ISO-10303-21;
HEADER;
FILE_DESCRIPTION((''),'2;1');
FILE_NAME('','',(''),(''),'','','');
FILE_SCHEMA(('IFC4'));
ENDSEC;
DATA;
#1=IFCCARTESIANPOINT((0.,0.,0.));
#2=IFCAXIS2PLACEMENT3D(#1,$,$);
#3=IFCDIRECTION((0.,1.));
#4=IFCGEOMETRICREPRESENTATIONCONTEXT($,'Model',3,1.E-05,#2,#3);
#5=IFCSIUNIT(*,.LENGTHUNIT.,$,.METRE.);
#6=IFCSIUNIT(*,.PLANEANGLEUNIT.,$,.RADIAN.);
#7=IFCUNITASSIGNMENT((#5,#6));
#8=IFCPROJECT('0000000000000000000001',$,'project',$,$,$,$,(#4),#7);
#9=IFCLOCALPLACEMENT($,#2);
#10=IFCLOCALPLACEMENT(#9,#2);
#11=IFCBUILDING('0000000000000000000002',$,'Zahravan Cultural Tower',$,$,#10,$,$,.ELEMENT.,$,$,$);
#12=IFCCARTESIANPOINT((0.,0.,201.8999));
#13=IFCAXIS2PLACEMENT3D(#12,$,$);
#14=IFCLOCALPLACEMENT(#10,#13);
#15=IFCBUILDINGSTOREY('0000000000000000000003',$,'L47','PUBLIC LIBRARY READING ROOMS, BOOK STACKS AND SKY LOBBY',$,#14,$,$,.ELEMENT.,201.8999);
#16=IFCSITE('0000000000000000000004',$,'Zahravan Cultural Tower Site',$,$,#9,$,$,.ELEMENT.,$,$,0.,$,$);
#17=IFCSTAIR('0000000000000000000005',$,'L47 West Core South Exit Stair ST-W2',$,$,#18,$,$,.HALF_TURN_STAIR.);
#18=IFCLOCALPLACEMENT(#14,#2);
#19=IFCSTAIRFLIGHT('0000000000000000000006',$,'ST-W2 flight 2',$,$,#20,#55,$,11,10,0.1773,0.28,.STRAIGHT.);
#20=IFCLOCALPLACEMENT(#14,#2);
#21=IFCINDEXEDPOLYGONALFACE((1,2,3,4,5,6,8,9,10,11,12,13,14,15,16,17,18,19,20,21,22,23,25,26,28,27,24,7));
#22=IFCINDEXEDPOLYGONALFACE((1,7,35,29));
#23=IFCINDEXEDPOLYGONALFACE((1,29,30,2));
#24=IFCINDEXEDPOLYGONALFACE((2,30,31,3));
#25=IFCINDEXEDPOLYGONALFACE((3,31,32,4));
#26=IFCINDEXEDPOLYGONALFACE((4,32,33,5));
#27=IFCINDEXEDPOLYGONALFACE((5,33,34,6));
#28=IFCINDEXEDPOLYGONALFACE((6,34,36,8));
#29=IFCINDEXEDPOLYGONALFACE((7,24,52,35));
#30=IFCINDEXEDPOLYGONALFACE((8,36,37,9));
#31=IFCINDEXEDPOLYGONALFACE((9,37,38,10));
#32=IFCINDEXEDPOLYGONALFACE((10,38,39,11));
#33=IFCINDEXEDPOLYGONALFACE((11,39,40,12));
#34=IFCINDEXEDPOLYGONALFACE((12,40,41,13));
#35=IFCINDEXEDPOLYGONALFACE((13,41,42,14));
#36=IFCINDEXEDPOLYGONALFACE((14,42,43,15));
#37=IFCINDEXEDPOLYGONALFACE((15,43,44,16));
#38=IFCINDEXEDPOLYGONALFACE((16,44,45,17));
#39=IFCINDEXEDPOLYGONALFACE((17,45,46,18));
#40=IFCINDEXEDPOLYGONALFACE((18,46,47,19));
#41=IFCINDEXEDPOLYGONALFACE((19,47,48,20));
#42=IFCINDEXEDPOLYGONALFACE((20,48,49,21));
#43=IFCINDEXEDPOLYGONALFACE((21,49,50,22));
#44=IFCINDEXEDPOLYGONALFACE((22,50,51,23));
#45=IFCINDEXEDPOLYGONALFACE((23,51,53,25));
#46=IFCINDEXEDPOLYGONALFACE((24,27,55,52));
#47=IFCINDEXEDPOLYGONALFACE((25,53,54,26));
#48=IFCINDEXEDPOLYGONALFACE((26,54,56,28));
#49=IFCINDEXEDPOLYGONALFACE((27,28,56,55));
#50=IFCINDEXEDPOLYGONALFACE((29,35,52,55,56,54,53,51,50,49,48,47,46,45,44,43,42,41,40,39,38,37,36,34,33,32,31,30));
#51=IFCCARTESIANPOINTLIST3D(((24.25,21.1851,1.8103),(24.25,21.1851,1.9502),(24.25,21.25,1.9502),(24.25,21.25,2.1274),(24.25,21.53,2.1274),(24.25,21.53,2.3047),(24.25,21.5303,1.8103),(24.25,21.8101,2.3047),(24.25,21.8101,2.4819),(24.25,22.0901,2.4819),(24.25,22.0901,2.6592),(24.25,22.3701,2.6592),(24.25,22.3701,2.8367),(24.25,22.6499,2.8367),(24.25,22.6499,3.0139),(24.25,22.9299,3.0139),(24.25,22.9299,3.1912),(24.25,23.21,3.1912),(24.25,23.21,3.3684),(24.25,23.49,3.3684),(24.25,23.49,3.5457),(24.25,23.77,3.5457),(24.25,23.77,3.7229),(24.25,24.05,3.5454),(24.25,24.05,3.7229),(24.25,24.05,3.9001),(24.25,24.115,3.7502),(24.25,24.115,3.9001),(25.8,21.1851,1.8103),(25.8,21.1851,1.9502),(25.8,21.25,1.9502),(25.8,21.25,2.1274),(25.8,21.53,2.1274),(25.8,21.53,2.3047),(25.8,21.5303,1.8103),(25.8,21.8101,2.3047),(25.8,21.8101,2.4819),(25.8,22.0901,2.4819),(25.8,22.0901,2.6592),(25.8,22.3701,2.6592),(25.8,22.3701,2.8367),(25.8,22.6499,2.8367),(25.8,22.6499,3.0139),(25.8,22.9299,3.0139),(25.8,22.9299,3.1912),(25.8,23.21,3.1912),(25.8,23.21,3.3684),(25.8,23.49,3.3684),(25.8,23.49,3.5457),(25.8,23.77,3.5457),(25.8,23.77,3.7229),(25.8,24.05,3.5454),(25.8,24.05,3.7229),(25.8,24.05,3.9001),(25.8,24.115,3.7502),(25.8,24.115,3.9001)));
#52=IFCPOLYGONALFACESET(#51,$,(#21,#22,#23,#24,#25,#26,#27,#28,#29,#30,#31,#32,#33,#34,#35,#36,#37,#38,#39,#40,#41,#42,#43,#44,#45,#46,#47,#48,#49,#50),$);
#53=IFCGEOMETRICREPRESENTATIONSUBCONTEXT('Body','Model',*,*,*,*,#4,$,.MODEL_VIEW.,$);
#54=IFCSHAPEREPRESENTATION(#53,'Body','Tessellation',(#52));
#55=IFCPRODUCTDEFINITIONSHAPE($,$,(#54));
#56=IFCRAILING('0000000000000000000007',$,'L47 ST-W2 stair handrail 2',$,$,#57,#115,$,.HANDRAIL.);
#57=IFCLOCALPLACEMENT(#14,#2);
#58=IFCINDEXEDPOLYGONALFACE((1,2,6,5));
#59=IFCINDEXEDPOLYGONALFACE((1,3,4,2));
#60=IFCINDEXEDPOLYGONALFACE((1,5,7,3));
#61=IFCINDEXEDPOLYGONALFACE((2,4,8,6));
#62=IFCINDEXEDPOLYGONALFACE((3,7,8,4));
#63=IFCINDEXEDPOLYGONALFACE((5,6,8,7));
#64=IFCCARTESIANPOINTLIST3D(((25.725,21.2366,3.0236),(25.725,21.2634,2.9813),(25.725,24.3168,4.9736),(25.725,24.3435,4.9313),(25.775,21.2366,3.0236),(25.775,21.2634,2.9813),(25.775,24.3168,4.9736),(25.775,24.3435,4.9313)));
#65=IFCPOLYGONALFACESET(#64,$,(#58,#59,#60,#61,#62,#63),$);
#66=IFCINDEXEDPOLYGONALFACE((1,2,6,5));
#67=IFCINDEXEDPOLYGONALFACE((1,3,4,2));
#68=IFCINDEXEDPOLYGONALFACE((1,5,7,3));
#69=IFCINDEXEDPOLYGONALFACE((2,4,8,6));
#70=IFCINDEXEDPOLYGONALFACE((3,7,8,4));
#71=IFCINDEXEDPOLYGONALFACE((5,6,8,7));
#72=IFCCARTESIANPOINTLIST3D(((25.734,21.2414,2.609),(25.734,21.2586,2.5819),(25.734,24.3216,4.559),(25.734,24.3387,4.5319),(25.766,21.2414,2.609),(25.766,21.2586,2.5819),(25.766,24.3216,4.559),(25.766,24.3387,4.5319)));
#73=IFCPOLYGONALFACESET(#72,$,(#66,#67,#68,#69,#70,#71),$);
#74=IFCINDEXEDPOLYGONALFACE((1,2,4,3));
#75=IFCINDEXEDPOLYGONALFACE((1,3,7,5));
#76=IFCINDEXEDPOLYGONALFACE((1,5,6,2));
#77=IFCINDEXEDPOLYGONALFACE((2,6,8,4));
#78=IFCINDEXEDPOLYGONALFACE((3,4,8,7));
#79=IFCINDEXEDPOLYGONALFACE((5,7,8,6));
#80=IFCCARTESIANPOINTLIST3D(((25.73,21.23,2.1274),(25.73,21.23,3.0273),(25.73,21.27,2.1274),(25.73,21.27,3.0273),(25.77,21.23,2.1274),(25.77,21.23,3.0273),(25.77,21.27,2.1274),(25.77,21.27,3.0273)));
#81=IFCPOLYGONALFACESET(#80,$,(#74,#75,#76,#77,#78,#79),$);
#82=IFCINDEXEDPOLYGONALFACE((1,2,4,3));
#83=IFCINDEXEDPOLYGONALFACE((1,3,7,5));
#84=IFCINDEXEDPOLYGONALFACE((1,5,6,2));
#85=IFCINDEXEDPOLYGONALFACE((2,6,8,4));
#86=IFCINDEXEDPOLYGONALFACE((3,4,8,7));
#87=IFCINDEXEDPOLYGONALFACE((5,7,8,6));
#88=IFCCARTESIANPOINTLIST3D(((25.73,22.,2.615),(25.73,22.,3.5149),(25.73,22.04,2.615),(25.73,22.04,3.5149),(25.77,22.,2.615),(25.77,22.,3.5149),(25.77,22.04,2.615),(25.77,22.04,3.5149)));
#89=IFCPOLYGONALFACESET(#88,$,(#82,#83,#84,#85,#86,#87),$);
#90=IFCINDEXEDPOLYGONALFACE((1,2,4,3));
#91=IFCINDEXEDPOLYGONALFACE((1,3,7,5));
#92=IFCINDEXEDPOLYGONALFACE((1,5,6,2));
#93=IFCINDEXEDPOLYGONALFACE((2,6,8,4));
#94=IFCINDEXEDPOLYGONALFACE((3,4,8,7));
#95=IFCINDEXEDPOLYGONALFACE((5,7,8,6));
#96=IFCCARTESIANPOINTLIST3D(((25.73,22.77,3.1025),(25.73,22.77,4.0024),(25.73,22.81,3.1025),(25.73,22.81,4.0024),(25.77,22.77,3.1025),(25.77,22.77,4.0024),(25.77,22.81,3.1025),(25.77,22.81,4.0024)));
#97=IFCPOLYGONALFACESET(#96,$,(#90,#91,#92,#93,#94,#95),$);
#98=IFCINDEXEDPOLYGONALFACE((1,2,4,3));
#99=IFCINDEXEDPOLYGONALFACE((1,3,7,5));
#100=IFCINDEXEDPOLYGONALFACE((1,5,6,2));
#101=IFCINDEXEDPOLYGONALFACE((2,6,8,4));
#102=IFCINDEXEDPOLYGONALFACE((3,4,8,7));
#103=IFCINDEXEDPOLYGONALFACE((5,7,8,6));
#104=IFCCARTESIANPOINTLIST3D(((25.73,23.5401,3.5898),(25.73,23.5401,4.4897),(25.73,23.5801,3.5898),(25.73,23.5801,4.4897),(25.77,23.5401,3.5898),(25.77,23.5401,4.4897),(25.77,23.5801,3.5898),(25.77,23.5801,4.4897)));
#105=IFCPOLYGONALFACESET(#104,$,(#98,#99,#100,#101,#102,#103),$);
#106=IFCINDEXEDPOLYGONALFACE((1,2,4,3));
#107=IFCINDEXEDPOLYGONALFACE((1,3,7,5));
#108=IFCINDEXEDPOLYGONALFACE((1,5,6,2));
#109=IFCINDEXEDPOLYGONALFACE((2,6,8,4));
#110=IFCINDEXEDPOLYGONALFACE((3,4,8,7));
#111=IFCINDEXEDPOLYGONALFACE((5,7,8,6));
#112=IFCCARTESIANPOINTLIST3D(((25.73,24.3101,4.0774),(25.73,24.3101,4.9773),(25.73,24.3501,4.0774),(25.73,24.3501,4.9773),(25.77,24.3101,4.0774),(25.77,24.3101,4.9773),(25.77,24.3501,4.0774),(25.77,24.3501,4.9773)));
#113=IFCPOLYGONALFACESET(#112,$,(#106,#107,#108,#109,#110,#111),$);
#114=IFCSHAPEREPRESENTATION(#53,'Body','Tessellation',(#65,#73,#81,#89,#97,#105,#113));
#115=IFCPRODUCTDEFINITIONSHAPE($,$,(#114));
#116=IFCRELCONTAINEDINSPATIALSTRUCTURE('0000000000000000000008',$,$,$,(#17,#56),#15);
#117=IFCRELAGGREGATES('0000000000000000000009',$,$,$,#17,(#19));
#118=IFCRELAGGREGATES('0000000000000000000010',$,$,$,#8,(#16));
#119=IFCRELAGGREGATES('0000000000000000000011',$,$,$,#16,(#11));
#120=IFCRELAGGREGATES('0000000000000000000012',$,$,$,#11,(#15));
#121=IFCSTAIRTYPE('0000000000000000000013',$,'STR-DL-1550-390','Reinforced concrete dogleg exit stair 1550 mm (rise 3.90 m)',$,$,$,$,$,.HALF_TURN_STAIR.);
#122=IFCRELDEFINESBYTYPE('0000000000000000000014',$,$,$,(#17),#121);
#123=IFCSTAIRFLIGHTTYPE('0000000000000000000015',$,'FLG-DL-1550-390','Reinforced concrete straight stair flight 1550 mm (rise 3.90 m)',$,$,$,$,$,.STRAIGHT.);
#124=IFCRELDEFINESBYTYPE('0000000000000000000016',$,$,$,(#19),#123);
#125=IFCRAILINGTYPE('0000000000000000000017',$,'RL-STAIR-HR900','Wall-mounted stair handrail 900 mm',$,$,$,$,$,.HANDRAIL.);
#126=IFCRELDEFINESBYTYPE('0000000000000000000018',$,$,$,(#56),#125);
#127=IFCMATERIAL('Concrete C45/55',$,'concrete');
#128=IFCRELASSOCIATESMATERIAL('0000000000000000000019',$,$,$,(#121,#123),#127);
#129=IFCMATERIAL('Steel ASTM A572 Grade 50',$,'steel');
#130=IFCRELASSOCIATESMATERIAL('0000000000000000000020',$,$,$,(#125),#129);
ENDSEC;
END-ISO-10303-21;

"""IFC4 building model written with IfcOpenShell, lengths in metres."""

from ifc_helpers import new_model, si_unit, direction, frame, origin, origin_2d, place, context, subcontext, project, spatial, polyline, rectangle, outline, extrude, material, type_object, element, aggregate, save


model = new_model("IFC4")

# Units and contexts
model_context = context("Model", 3, precision=1e-05, world=origin(), true_north=direction((0.0, 1.0)))
body_context = subcontext(model_context, "Body", "Model", "MODEL_VIEW")
ifc_project = project(units=[si_unit("LENGTHUNIT", "METRE"), si_unit("PLANEANGLEUNIT", "RADIAN")], contexts=[model_context])

# Site, building, storey
site_placement = place(None, origin())
site = spatial("IfcSite", under=ifc_project, at=site_placement, Name="Zahravan Cultural Tower Site", CompositionType="ELEMENT", RefElevation=0.0)
building_placement = place(site_placement, origin())
building = spatial("IfcBuilding", under=site, at=building_placement, Name="Zahravan Cultural Tower", CompositionType="ELEMENT")
storey_placement = place(building_placement, frame((0.0, 0.0, 201.8999)))
storey = spatial("IfcBuildingStorey", under=building, at=storey_placement, Name="L47", Description="PUBLIC LIBRARY READING ROOMS, BOOK STACKS AND SKY LOBBY", CompositionType="ELEMENT", Elevation=201.8999)

# Shared definitions
ifc_material_1 = material(Name="Steel ASTM A572 Grade 50", Category="steel")

# Shared definitions
ifc_material_2 = material(Name="Concrete C45/55", Category="concrete")

# Stair, stair flight
stair_type = type_object("IfcStairType", Name="STR-DL-1550-390", Description="Reinforced concrete dogleg exit stair 1550 mm (rise 3.90 m)", PredefinedType="HALF_TURN_STAIR", material=ifc_material_2)
stair_placement = place(storey_placement, origin())
stair = element("IfcStair", 1, at=stair_placement, inside=storey, type_object=stair_type, Name="L47 West Core South Exit Stair ST-W2", PredefinedType="HALF_TURN_STAIR")
stair_flight_type = type_object("IfcStairFlightType", Name="FLG-DL-1550-390", Description="Reinforced concrete straight stair flight 1550 mm (rise 3.90 m)", PredefinedType="STRAIGHT", material=ifc_material_2)
stair_flight_placement = place(storey_placement, frame((25.0249, 21.25, 1.9502), z_axis=(0.0, 0.0, 1.0), x_axis=(0.0, 1.0, 0.0)))
stair_flight = element("IfcStairFlight", 2, at=stair_flight_placement, type_object=stair_flight_type, Name="ST-W2 flight 2", NumberOfRisers=11, NumberOfTreads=10, PredefinedType="STRAIGHT", RiserHeight=0.1773, TreadLength=0.28, context=body_context, shape_type="SweptSolid", body=[
    extrude(outline(polyline([(-0.0649, -0.1399), (-0.0649, 0.0), (0.0, 0.0), (0.0, 0.1772), (0.28, 0.1772), (0.28, 0.3545), (0.5601, 0.3545), (0.5601, 0.5317), (0.8401, 0.5317), (0.8401, 0.709), (1.1201, 0.709), (1.1201, 0.8865), (1.3999, 0.8865), (1.3999, 1.0637), (1.6799, 1.0637), (1.6799, 1.241), (1.96, 1.241), (1.96, 1.4182), (2.24, 1.4182), (2.24, 1.5955), (2.52, 1.5955), (2.52, 1.7727), (2.8, 1.7727), (2.8, 1.95), (2.865, 1.95), (2.865, 1.8), (2.8, 1.5952), (0.2803, -0.1399), (-0.0649, -0.1399)])), frame((0.0, 0.7749, 0.0), z_axis=(0.0, -1.0, 0.0), x_axis=(1.0, 0.0, 0.0)), (0.0, 0.0, 1.0), 1.55),
])
aggregate(stair, [stair_flight])

# Railing
railing_type = type_object("IfcRailingType", Name="RL-STAIR-HR900", Description="Wall-mounted stair handrail 900 mm", PredefinedType="HANDRAIL", material=ifc_material_1)
railing_placement = place(storey_placement, frame((25.75, 21.25, 2.1274)))
element("IfcRailing", 3, at=railing_placement, inside=storey, type_object=railing_type, Name="L47 ST-W2 stair handrail 2", PredefinedType="HANDRAIL", context=body_context, shape_type="SweptSolid", body=[
    extrude(rectangle(XDim=0.05, YDim=0.05, at=origin_2d()), frame((0.0, 0.0, 0.875), z_axis=(0.0, 0.844914, 0.534902), x_axis=(-1.0, 0.0, 0.0)), (0.0, 0.0, 1.0), 3.6455),
    extrude(rectangle(XDim=0.032, YDim=0.032, at=origin_2d()), frame((0.0, 0.0, 0.468), z_axis=(0.0, 0.844914, 0.534902), x_axis=(-1.0, 0.0, 0.0)), (0.0, 0.0, 1.0), 3.6455),
    extrude(rectangle(XDim=0.04, YDim=0.04, at=origin_2d()), origin(), (0.0, 0.0, 1.0), 0.8999),
    extrude(rectangle(XDim=0.04, YDim=0.04, at=origin_2d()), frame((0.0, 0.77, 0.4875)), (0.0, 0.0, 1.0), 0.8999),
    extrude(rectangle(XDim=0.04, YDim=0.04, at=origin_2d()), frame((0.0, 1.54, 0.9751)), (0.0, 0.0, 1.0), 0.8999),
    extrude(rectangle(XDim=0.04, YDim=0.04, at=origin_2d()), frame((0.0, 2.3101, 1.4624)), (0.0, 0.0, 1.0), 0.8999),
    extrude(rectangle(XDim=0.04, YDim=0.04, at=origin_2d()), frame((0.0, 3.0801, 1.95)), (0.0, 0.0, 1.0), 0.8999),
])

save(model, "model.ifc")
